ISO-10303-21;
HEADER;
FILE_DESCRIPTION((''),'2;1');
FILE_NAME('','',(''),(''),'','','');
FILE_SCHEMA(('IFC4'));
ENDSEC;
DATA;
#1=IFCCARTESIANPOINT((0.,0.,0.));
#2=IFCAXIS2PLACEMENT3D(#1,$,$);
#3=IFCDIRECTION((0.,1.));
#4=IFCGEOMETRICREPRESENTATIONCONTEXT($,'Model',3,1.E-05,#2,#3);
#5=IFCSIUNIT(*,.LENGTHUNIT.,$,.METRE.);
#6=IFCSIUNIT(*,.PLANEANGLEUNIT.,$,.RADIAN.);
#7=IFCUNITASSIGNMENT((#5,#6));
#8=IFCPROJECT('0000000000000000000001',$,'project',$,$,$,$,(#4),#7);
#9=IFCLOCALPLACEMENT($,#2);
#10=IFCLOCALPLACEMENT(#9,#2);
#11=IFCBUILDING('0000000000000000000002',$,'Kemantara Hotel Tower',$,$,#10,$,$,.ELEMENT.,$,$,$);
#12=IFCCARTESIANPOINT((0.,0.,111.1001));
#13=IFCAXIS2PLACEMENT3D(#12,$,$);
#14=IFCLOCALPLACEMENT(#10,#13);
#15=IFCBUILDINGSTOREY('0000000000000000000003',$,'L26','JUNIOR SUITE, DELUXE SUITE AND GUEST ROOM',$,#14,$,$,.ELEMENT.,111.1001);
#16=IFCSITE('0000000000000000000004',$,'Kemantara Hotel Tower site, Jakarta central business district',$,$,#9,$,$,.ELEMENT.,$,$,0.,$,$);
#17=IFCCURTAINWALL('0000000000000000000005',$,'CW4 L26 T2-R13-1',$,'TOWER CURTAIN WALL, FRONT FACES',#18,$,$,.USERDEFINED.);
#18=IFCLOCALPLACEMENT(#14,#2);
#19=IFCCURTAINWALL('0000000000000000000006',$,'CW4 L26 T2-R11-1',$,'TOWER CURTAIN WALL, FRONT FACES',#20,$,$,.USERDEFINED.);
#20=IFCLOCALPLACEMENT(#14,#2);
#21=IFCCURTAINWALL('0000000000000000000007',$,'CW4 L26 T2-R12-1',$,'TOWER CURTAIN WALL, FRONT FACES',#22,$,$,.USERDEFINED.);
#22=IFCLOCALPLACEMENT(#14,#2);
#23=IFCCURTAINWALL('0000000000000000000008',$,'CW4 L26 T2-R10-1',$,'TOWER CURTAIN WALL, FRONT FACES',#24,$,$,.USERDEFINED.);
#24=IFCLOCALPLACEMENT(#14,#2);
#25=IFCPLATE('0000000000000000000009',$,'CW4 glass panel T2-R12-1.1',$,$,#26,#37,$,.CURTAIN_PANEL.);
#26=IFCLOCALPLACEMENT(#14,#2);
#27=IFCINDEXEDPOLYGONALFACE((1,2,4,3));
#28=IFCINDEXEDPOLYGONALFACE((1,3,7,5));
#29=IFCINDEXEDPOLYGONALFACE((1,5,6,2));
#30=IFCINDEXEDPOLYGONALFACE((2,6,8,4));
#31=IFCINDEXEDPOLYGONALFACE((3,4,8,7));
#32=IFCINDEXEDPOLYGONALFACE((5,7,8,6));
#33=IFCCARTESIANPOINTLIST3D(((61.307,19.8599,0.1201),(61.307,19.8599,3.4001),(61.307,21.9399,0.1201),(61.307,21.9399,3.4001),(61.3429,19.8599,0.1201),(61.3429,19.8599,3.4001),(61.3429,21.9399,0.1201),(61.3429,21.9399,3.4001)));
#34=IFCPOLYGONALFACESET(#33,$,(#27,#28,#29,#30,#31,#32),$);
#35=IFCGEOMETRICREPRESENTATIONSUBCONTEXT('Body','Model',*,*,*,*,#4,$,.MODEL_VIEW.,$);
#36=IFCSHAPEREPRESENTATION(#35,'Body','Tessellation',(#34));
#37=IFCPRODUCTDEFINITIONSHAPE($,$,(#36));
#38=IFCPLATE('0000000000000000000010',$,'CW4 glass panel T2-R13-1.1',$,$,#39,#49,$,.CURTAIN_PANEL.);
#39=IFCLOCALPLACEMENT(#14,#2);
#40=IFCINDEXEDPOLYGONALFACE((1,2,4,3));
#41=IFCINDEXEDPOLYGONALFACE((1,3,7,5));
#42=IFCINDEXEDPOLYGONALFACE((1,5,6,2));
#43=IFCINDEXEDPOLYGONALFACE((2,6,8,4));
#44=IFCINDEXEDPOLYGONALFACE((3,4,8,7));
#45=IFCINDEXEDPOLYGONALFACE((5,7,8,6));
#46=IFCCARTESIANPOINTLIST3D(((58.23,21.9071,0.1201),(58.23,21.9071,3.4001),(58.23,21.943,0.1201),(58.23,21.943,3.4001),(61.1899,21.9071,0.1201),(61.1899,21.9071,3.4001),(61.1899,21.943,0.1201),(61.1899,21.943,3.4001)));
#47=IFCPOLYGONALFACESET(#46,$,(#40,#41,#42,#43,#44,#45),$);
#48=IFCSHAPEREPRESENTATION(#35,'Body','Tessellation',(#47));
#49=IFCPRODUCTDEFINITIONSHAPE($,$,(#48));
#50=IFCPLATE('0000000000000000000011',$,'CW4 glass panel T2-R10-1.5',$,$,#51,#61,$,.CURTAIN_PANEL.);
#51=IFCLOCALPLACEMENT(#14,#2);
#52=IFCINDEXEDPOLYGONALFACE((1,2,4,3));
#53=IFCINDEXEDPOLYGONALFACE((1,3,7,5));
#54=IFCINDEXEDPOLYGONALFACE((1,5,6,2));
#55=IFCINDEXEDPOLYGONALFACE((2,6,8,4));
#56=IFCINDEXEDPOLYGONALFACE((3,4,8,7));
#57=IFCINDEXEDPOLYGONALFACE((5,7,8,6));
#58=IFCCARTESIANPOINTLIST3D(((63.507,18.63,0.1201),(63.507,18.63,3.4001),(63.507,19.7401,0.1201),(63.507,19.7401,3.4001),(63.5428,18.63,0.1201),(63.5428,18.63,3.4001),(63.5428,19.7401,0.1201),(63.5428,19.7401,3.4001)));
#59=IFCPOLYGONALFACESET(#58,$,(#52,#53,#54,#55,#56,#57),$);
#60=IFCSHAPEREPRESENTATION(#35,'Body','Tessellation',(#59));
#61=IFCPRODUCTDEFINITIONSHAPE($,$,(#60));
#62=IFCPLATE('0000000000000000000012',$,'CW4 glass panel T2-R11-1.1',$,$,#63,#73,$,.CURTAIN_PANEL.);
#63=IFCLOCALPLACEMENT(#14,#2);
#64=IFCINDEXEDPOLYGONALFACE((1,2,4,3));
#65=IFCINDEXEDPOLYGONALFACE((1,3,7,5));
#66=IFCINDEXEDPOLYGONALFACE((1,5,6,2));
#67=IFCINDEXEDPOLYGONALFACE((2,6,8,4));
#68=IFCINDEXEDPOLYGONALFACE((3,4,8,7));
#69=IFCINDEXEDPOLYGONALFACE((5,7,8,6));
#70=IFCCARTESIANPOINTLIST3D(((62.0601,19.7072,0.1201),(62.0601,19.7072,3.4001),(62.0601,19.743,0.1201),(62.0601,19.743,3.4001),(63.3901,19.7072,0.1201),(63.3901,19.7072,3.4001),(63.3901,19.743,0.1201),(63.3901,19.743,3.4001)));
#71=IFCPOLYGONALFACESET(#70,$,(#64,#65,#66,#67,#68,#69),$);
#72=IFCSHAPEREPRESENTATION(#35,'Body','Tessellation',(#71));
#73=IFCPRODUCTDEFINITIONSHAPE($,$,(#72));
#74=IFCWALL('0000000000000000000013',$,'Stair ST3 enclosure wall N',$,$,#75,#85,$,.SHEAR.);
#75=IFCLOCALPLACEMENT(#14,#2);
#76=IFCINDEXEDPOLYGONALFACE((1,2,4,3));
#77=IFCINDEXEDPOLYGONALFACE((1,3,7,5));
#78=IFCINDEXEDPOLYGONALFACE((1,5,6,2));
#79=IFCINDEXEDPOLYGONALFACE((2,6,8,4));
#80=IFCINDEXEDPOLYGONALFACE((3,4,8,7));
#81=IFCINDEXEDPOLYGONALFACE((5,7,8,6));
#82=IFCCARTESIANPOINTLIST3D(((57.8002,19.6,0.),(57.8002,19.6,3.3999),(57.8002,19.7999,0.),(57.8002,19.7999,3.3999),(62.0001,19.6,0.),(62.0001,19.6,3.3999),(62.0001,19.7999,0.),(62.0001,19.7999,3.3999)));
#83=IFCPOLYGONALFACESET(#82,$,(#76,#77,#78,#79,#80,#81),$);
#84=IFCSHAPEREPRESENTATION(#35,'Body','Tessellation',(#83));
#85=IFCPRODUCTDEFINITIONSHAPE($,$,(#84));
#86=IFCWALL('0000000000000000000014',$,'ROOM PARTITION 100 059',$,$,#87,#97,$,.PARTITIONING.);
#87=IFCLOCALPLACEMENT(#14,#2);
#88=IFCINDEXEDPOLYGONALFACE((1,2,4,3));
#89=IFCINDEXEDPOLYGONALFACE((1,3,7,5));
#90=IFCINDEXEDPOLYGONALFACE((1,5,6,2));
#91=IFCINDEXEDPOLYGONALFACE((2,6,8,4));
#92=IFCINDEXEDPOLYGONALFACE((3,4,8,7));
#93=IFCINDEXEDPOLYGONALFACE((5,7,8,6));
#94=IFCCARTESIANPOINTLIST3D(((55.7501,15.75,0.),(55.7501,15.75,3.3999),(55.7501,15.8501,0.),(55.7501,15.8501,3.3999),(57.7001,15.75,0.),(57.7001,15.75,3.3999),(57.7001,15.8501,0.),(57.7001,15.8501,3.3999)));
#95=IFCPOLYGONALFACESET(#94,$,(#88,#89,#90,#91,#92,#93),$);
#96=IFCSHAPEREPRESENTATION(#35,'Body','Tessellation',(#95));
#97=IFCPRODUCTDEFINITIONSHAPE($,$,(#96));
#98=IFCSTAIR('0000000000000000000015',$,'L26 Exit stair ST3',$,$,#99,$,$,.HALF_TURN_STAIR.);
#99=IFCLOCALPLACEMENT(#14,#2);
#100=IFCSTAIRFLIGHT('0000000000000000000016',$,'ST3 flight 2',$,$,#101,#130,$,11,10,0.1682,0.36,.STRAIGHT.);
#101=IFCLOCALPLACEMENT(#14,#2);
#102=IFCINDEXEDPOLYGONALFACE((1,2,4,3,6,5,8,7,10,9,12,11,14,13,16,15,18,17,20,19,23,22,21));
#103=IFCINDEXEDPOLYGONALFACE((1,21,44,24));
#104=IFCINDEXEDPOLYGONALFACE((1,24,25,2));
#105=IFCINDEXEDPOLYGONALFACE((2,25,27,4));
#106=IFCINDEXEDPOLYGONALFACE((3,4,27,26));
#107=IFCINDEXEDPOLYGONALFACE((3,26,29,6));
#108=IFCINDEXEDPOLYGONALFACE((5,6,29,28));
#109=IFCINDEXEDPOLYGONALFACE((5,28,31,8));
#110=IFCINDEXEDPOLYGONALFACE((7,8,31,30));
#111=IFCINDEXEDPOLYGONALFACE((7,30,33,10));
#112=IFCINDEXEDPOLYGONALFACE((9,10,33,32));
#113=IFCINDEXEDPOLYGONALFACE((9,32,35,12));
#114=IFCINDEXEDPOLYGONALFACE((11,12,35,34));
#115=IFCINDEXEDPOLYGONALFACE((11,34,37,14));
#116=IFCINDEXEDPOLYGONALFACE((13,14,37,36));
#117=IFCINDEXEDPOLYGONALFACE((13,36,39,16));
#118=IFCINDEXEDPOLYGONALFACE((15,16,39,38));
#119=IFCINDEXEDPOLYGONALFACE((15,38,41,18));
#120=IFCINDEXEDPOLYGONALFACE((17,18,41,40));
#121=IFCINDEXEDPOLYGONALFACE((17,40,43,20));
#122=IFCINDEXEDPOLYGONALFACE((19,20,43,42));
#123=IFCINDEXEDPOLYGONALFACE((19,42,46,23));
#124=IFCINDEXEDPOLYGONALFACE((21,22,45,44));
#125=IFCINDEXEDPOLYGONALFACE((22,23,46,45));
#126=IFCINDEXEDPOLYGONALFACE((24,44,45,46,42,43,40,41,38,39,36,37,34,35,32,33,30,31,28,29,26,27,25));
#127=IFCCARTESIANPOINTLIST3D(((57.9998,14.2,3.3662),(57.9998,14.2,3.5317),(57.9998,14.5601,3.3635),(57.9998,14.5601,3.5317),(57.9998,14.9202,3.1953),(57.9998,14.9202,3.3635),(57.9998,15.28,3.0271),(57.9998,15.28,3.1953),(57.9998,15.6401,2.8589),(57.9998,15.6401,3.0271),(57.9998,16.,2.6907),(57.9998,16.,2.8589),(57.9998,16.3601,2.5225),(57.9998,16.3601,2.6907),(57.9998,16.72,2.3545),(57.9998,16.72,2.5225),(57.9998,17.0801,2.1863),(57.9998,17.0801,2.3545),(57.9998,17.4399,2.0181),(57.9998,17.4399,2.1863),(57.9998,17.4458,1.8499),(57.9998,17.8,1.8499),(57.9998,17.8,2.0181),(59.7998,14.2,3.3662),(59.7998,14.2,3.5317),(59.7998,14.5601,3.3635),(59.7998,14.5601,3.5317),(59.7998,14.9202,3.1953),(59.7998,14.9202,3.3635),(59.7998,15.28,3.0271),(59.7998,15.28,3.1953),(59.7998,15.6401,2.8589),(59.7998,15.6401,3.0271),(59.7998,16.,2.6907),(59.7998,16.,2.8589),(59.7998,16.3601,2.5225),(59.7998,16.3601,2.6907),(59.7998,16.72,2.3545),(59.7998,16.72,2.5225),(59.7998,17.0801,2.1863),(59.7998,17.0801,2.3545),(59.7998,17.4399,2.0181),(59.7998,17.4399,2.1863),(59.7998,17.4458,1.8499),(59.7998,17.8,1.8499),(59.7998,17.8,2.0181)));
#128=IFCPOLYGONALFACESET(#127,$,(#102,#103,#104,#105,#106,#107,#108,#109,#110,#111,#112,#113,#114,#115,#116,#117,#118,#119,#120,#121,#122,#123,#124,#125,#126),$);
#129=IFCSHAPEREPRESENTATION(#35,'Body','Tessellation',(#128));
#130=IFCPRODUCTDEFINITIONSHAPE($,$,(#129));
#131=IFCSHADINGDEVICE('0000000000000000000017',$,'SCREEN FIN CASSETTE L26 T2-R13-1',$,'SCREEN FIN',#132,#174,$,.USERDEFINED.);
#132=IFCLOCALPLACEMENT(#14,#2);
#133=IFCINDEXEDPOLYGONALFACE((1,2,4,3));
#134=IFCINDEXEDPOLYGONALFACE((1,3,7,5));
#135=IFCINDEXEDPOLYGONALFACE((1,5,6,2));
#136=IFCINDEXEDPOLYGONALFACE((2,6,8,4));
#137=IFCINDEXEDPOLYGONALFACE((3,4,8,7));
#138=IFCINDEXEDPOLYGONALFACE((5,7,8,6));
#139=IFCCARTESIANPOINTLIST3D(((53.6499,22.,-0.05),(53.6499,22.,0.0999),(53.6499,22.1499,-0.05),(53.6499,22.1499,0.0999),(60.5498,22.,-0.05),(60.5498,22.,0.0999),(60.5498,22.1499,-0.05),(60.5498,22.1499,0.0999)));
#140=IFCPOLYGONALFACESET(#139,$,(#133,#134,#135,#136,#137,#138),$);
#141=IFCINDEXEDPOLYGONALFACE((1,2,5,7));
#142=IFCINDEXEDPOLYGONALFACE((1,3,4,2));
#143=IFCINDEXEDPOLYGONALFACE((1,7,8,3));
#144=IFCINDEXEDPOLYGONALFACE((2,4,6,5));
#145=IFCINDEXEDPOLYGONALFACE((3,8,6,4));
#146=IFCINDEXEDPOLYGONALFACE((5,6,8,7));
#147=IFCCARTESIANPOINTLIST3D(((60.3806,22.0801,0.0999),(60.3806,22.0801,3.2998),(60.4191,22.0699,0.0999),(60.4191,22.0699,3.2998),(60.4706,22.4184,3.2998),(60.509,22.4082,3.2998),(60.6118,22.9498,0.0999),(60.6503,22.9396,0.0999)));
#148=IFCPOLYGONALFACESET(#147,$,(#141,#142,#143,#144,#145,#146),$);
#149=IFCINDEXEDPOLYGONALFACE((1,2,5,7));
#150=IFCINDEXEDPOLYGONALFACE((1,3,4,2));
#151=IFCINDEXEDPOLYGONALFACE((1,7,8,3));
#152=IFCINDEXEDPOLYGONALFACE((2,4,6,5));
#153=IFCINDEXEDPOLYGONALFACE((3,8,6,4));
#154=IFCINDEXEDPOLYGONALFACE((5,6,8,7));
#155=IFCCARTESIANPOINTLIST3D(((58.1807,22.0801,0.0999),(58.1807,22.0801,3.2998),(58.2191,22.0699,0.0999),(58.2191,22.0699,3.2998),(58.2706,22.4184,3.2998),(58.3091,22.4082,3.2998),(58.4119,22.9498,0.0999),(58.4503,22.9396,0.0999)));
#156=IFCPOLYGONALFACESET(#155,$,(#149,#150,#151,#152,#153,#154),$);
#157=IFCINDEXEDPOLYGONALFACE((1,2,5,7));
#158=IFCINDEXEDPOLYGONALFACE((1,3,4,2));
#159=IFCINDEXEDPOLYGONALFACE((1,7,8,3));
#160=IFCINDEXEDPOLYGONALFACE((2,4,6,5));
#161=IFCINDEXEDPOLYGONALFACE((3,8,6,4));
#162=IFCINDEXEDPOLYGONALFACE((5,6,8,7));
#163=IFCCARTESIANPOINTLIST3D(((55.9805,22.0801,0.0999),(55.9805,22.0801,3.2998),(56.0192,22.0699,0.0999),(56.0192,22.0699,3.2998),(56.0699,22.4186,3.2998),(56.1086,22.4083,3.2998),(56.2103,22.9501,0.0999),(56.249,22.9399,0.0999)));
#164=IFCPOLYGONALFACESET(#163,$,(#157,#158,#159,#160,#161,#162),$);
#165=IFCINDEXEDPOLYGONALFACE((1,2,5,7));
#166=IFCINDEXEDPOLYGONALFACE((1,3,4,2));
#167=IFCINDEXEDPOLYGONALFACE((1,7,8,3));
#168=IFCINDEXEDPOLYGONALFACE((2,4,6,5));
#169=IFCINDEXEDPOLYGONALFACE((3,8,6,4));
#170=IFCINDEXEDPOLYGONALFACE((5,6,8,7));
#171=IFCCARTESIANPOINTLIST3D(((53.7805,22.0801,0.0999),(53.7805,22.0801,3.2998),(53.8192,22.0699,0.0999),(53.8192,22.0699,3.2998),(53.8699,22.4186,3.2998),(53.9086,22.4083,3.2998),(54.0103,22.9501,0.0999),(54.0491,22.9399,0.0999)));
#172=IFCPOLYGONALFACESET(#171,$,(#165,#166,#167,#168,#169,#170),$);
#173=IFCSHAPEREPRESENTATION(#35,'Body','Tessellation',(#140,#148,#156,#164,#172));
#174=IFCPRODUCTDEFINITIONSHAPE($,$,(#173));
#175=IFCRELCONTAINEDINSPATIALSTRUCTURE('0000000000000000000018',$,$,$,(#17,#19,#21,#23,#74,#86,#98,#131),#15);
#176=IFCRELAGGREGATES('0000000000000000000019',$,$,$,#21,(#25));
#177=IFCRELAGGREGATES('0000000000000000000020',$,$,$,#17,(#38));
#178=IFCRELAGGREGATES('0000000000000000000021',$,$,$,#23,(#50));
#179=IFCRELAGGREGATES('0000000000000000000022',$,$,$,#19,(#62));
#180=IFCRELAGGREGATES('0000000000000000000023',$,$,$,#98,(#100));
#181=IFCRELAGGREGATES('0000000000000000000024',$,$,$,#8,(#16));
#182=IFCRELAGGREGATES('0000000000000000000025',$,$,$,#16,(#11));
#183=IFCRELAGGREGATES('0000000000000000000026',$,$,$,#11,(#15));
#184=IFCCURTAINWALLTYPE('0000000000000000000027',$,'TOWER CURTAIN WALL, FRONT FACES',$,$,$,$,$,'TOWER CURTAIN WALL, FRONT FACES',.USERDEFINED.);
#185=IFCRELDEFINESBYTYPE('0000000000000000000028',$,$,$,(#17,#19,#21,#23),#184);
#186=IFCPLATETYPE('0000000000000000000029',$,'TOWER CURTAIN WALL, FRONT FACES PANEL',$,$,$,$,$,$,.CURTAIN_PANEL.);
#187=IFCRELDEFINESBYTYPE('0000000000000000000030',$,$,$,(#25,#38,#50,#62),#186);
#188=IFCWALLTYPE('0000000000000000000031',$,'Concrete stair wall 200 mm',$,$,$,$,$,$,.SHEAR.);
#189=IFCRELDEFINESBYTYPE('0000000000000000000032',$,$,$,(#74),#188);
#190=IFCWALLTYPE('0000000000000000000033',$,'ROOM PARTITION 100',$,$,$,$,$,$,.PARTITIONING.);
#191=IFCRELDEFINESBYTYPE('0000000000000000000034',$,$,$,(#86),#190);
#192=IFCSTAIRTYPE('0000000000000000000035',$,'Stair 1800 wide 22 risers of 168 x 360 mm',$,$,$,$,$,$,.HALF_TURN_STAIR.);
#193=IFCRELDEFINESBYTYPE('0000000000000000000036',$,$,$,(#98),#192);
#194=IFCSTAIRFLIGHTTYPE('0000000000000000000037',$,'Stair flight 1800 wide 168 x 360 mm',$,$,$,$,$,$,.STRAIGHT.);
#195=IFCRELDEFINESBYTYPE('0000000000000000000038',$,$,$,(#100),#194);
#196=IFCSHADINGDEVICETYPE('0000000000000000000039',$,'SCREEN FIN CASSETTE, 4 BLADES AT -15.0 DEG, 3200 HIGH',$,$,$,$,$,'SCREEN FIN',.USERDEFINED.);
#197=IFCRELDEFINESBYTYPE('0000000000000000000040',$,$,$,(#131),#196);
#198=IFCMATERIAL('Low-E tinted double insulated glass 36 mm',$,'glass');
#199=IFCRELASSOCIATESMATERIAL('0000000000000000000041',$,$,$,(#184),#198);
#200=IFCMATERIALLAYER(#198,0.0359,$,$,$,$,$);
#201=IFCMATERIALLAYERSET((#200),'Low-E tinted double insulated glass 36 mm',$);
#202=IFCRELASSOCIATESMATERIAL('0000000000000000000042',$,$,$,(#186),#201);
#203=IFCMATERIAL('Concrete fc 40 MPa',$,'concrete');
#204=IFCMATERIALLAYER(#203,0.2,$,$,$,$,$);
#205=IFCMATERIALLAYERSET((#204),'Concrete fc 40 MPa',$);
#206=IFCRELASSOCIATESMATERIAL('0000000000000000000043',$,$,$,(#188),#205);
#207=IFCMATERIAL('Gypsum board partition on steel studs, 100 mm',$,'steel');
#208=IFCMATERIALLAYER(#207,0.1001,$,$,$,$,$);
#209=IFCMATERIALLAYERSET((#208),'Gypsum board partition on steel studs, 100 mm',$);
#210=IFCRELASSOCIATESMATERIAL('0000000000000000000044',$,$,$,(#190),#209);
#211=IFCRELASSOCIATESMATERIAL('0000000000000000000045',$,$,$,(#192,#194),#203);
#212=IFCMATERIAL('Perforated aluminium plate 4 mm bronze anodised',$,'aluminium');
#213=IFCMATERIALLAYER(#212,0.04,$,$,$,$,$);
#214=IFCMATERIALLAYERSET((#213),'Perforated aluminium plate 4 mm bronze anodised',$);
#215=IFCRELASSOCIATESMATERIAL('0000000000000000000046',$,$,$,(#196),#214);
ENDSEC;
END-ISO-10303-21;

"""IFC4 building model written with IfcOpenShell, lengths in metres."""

from ifc_helpers import new_model, si_unit, direction, frame, frame_2d, origin, origin_2d, place, context, subcontext, project, spatial, polyline, rectangle, outline, extrude, source, transform, mapped, material, layer, layer_set, type_object, element, aggregate, save


model = new_model("IFC4")

# Units and contexts
model_context = context("Model", 3, precision=1e-05, world=origin(), true_north=direction((0.0, 1.0)))
body_context = subcontext(model_context, "Body", "Model", "MODEL_VIEW")
ifc_project = project(units=[si_unit("LENGTHUNIT", "METRE"), si_unit("PLANEANGLEUNIT", "RADIAN")], contexts=[model_context])

# Site, building, storey
site_placement = place(None, origin())
site = spatial("IfcSite", under=ifc_project, at=site_placement, Name="Kemantara Hotel Tower site, Jakarta central business district", CompositionType="ELEMENT", RefElevation=0.0)
building_placement = place(site_placement, origin())
building = spatial("IfcBuilding", under=site, at=building_placement, Name="Kemantara Hotel Tower", CompositionType="ELEMENT")
storey_placement = place(building_placement, frame((0.0, 0.0, 111.1001)))
storey = spatial("IfcBuildingStorey", under=building, at=storey_placement, Name="L26", Description="JUNIOR SUITE, DELUXE SUITE AND GUEST ROOM", CompositionType="ELEMENT", Elevation=111.1001)

# Curtain walls
ifc_material_1 = material(Name="Low-E tinted double insulated glass 36 mm", Category="glass")
curtain_wall_type = type_object("IfcCurtainWallType", Name="TOWER CURTAIN WALL, FRONT FACES", ElementType="TOWER CURTAIN WALL, FRONT FACES", PredefinedType="USERDEFINED", material=ifc_material_1)
curtain_wall_1_placement = place(storey_placement, origin())
curtain_wall_1 = element("IfcCurtainWall", 1, at=curtain_wall_1_placement, inside=storey, type_object=curtain_wall_type, Name="CW4 L26 T2-R13-1", ObjectType="TOWER CURTAIN WALL, FRONT FACES", PredefinedType="USERDEFINED")
curtain_wall_2_placement = place(storey_placement, origin())
curtain_wall_2 = element("IfcCurtainWall", 2, at=curtain_wall_2_placement, inside=storey, type_object=curtain_wall_type, Name="CW4 L26 T2-R11-1", ObjectType="TOWER CURTAIN WALL, FRONT FACES", PredefinedType="USERDEFINED")
curtain_wall_3_placement = place(storey_placement, origin())
curtain_wall_3 = element("IfcCurtainWall", 3, at=curtain_wall_3_placement, inside=storey, type_object=curtain_wall_type, Name="CW4 L26 T2-R12-1", ObjectType="TOWER CURTAIN WALL, FRONT FACES", PredefinedType="USERDEFINED")

# Curtain wall
curtain_wall_4_placement = place(storey_placement, origin())
curtain_wall_4 = element("IfcCurtainWall", 4, at=curtain_wall_4_placement, inside=storey, type_object=curtain_wall_type, Name="CW4 L26 T2-R10-1", ObjectType="TOWER CURTAIN WALL, FRONT FACES", PredefinedType="USERDEFINED")

# Plates
ifc_layer_1 = layer(ifc_material_1, 0.0359)
ifc_layer_set_1 = layer_set([ifc_layer_1], Name="Low-E tinted double insulated glass 36 mm")
plate_type = type_object("IfcPlateType", Name="TOWER CURTAIN WALL, FRONT FACES PANEL", PredefinedType="CURTAIN_PANEL", material=ifc_layer_set_1)
shared_shape_1 = source(origin(), body_context, "Body", "SweptSolid", [
    extrude(rectangle(XDim=2.0801, YDim=0.0359, at=origin_2d()), origin(), (0.0, 0.0, 1.0), 3.28),
])
plate_1_placement = place(storey_placement, frame((61.325, 20.8999, 0.1201), z_axis=(0.0, 0.0, 1.0), x_axis=(0.0, 1.0, 0.0)))
plate_1 = element("IfcPlate", 5, at=plate_1_placement, type_object=plate_type, Name="CW4 glass panel T2-R12-1.1", PredefinedType="CURTAIN_PANEL", context=body_context, shape_type="MappedRepresentation", body=[
    mapped(shared_shape_1, transform((0.0, 0.0, 0.0))),
])
aggregate(curtain_wall_3, [plate_1])
shared_shape_2 = source(origin(), body_context, "Body", "SweptSolid", [
    extrude(rectangle(XDim=2.96, YDim=0.0359, at=origin_2d()), origin(), (0.0, 0.0, 1.0), 3.28),
])
plate_2_placement = place(storey_placement, frame((59.71, 21.925, 0.1201), z_axis=(0.0, 0.0, 1.0), x_axis=(-1.0, 0.0, 0.0)))
plate_2 = element("IfcPlate", 6, at=plate_2_placement, type_object=plate_type, Name="CW4 glass panel T2-R13-1.1", PredefinedType="CURTAIN_PANEL", context=body_context, shape_type="MappedRepresentation", body=[
    mapped(shared_shape_2, transform((0.0, 0.0, 0.0))),
])
aggregate(curtain_wall_1, [plate_2])
shared_shape_3 = source(origin(), body_context, "Body", "SweptSolid", [
    extrude(rectangle(XDim=1.1101, YDim=0.0359, at=origin_2d()), origin(), (0.0, 0.0, 1.0), 3.28),
])
plate_3_placement = place(storey_placement, frame((63.5249, 19.1851, 0.1201), z_axis=(0.0, 0.0, 1.0), x_axis=(0.0, 1.0, 0.0)))
plate_3 = element("IfcPlate", 7, at=plate_3_placement, type_object=plate_type, Name="CW4 glass panel T2-R10-1.5", PredefinedType="CURTAIN_PANEL", context=body_context, shape_type="MappedRepresentation", body=[
    mapped(shared_shape_3, transform((0.0, 0.0, 0.0))),
])
aggregate(curtain_wall_4, [plate_3])
shared_shape_4 = source(origin(), body_context, "Body", "SweptSolid", [
    extrude(rectangle(XDim=1.3301, YDim=0.0359, at=origin_2d()), origin(), (0.0, 0.0, 1.0), 3.28),
])
plate_4_placement = place(storey_placement, frame((62.7251, 19.7251, 0.1201), z_axis=(0.0, 0.0, 1.0), x_axis=(-1.0, 0.0, 0.0)))
plate_4 = element("IfcPlate", 8, at=plate_4_placement, type_object=plate_type, Name="CW4 glass panel T2-R11-1.1", PredefinedType="CURTAIN_PANEL", context=body_context, shape_type="MappedRepresentation", body=[
    mapped(shared_shape_4, transform((0.0, 0.0, 0.0))),
])
aggregate(curtain_wall_2, [plate_4])

# Walls
ifc_material_2 = material(Name="Concrete fc 40 MPa", Category="concrete")
ifc_layer_2 = layer(ifc_material_2, 0.2)
ifc_layer_set_2 = layer_set([ifc_layer_2], Name="Concrete fc 40 MPa")
wall_type_1 = type_object("IfcWallType", Name="Concrete stair wall 200 mm", PredefinedType="SHEAR", material=ifc_layer_set_2)
wall_1_placement = place(storey_placement, frame((57.8, 19.7, 0.0), z_axis=(0.0, 0.0, 1.0), x_axis=(1.0, 0.0, 0.0)))
element("IfcWall", 9, at=wall_1_placement, inside=storey, type_object=wall_type_1, Name="Stair ST3 enclosure wall N", PredefinedType="SHEAR", context=body_context, shape_type="SweptSolid", body=[
    extrude(rectangle(XDim=4.2, YDim=0.2, at=frame_2d((2.1001, 0.0))), origin(), (0.0, 0.0, 1.0), 3.3999),
])
ifc_material_3 = material(Name="Gypsum board partition on steel studs, 100 mm", Category="steel")
ifc_layer_3 = layer(ifc_material_3, 0.1001)
ifc_layer_set_3 = layer_set([ifc_layer_3], Name="Gypsum board partition on steel studs, 100 mm")
wall_type_2 = type_object("IfcWallType", Name="ROOM PARTITION 100", PredefinedType="PARTITIONING", material=ifc_layer_set_3)
wall_2_placement = place(storey_placement, frame((55.75, 15.8, 0.0), z_axis=(0.0, 0.0, 1.0), x_axis=(1.0, 0.0, 0.0)))
element("IfcWall", 10, at=wall_2_placement, inside=storey, type_object=wall_type_2, Name="ROOM PARTITION 100 059", PredefinedType="PARTITIONING", context=body_context, shape_type="SweptSolid", body=[
    extrude(rectangle(XDim=1.95, YDim=0.1001, at=frame_2d((0.9751, 0.0))), origin(), (0.0, 0.0, 1.0), 3.3999),
])

# Stair, stair flight
stair_type = type_object("IfcStairType", Name="Stair 1800 wide 22 risers of 168 x 360 mm", PredefinedType="HALF_TURN_STAIR", material=ifc_material_2)
stair_placement = place(storey_placement, origin())
stair = element("IfcStair", 11, at=stair_placement, inside=storey, type_object=stair_type, Name="L26 Exit stair ST3", PredefinedType="HALF_TURN_STAIR")
stair_flight_type = type_object("IfcStairFlightType", Name="Stair flight 1800 wide 168 x 360 mm", PredefinedType="STRAIGHT", material=ifc_material_2)
stair_flight_placement = place(storey_placement, frame((58.8999, 17.8, 1.8499), z_axis=(0.0, 0.0, 1.0), x_axis=(0.0, -1.0, 0.0)))
stair_flight = element("IfcStairFlight", 12, at=stair_flight_placement, type_object=stair_flight_type, Name="ST3 flight 2", NumberOfRisers=11, NumberOfTreads=10, PredefinedType="STRAIGHT", RiserHeight=0.1682, TreadLength=0.36, context=body_context, shape_type="SweptSolid", body=[
    extrude(outline(polyline([(0.0, 0.0), (0.0, 0.1682), (0.3601, 0.1682), (0.3601, 0.3364), (0.72, 0.3364), (0.72, 0.5046), (1.0801, 0.5046), (1.0801, 0.6726), (1.4399, 0.6726), (1.4399, 0.8408), (1.8, 0.8408), (1.8, 1.009), (2.1599, 1.009), (2.1599, 1.1772), (2.52, 1.1772), (2.52, 1.3455), (2.8799, 1.3455), (2.8799, 1.5137), (3.24, 1.5137), (3.24, 1.6819), (3.6001, 1.6819), (3.6001, 1.8501), (3.6001, 1.5164), (0.3542, 0.0), (0.0, 0.0)])), frame((0.0, 0.8999, 0.0), z_axis=(0.0, -1.0, 0.0), x_axis=(1.0, 0.0, 0.0)), (0.0, 0.0, 1.0), 1.8),
])
aggregate(stair, [stair_flight])

# Shading device
ifc_material_4 = material(Name="Perforated aluminium plate 4 mm bronze anodised", Category="aluminium")
ifc_layer_4 = layer(ifc_material_4, 0.04)
ifc_layer_set_4 = layer_set([ifc_layer_4], Name="Perforated aluminium plate 4 mm bronze anodised")
shading_device_type_1 = type_object("IfcShadingDeviceType", Name="SCREEN FIN CASSETTE, 4 BLADES AT -15.0 DEG, 3200 HIGH", ElementType="SCREEN FIN", PredefinedType="USERDEFINED", material=ifc_layer_set_4)
shared_shape_5 = source(origin(), body_context, "Body", "SweptSolid", [
    extrude(rectangle(XDim=6.8999, YDim=0.1499, at=origin_2d()), frame((3.3, -0.075, -0.1499), z_axis=(0.0, 0.0, 1.0), x_axis=(1.0, 0.0, 0.0)), (0.0, 0.0, 1.0), 0.1499),
    extrude(outline(polyline([(0.0, 0.0), (0.8999, 0.0), (0.3501, 3.2), (0.0, 3.2), (0.0, 0.0)])), frame((0.0193, -0.0801, 0.0), z_axis=(-0.966438, 0.256901, 0.0), x_axis=(-0.256901, -0.966438, 0.0)), (0.0, 0.0, 1.0), 0.0398),
    extrude(outline(polyline([(0.0, 0.0), (0.8999, 0.0), (0.3501, 3.2), (0.0, 3.2), (0.0, 0.0)])), frame((2.2192, -0.0801, 0.0), z_axis=(-0.966438, 0.256901, 0.0), x_axis=(-0.256901, -0.966438, 0.0)), (0.0, 0.0, 1.0), 0.0398),
    extrude(outline(polyline([(0.0, 0.0), (0.8999, 0.0), (0.3501, 3.2), (0.0, 3.2), (0.0, 0.0)])), frame((4.4194, -0.0801, 0.0), z_axis=(-0.966838, 0.255391, 0.0), x_axis=(-0.255391, -0.966838, 0.0)), (0.0, 0.0, 1.0), 0.04),
    extrude(outline(polyline([(0.0, 0.0), (0.8999, 0.0), (0.3501, 3.2), (0.0, 3.2), (0.0, 0.0)])), frame((6.6194, -0.0801, 0.0), z_axis=(-0.966838, 0.255391, 0.0), x_axis=(-0.255391, -0.966838, 0.0)), (0.0, 0.0, 1.0), 0.04),
])
shading_device_1_placement = place(storey_placement, frame((60.3999, 22.0, 0.0999), z_axis=(0.0, 0.0, 1.0), x_axis=(-1.0, 0.0, 0.0)))
element("IfcShadingDevice", 13, at=shading_device_1_placement, inside=storey, type_object=shading_device_type_1, Name="SCREEN FIN CASSETTE L26 T2-R13-1", ObjectType="SCREEN FIN", PredefinedType="USERDEFINED", context=body_context, shape_type="MappedRepresentation", body=[
    mapped(shared_shape_5, transform((0.0, 0.0, 0.0))),
])

save(model, "model.ifc")
